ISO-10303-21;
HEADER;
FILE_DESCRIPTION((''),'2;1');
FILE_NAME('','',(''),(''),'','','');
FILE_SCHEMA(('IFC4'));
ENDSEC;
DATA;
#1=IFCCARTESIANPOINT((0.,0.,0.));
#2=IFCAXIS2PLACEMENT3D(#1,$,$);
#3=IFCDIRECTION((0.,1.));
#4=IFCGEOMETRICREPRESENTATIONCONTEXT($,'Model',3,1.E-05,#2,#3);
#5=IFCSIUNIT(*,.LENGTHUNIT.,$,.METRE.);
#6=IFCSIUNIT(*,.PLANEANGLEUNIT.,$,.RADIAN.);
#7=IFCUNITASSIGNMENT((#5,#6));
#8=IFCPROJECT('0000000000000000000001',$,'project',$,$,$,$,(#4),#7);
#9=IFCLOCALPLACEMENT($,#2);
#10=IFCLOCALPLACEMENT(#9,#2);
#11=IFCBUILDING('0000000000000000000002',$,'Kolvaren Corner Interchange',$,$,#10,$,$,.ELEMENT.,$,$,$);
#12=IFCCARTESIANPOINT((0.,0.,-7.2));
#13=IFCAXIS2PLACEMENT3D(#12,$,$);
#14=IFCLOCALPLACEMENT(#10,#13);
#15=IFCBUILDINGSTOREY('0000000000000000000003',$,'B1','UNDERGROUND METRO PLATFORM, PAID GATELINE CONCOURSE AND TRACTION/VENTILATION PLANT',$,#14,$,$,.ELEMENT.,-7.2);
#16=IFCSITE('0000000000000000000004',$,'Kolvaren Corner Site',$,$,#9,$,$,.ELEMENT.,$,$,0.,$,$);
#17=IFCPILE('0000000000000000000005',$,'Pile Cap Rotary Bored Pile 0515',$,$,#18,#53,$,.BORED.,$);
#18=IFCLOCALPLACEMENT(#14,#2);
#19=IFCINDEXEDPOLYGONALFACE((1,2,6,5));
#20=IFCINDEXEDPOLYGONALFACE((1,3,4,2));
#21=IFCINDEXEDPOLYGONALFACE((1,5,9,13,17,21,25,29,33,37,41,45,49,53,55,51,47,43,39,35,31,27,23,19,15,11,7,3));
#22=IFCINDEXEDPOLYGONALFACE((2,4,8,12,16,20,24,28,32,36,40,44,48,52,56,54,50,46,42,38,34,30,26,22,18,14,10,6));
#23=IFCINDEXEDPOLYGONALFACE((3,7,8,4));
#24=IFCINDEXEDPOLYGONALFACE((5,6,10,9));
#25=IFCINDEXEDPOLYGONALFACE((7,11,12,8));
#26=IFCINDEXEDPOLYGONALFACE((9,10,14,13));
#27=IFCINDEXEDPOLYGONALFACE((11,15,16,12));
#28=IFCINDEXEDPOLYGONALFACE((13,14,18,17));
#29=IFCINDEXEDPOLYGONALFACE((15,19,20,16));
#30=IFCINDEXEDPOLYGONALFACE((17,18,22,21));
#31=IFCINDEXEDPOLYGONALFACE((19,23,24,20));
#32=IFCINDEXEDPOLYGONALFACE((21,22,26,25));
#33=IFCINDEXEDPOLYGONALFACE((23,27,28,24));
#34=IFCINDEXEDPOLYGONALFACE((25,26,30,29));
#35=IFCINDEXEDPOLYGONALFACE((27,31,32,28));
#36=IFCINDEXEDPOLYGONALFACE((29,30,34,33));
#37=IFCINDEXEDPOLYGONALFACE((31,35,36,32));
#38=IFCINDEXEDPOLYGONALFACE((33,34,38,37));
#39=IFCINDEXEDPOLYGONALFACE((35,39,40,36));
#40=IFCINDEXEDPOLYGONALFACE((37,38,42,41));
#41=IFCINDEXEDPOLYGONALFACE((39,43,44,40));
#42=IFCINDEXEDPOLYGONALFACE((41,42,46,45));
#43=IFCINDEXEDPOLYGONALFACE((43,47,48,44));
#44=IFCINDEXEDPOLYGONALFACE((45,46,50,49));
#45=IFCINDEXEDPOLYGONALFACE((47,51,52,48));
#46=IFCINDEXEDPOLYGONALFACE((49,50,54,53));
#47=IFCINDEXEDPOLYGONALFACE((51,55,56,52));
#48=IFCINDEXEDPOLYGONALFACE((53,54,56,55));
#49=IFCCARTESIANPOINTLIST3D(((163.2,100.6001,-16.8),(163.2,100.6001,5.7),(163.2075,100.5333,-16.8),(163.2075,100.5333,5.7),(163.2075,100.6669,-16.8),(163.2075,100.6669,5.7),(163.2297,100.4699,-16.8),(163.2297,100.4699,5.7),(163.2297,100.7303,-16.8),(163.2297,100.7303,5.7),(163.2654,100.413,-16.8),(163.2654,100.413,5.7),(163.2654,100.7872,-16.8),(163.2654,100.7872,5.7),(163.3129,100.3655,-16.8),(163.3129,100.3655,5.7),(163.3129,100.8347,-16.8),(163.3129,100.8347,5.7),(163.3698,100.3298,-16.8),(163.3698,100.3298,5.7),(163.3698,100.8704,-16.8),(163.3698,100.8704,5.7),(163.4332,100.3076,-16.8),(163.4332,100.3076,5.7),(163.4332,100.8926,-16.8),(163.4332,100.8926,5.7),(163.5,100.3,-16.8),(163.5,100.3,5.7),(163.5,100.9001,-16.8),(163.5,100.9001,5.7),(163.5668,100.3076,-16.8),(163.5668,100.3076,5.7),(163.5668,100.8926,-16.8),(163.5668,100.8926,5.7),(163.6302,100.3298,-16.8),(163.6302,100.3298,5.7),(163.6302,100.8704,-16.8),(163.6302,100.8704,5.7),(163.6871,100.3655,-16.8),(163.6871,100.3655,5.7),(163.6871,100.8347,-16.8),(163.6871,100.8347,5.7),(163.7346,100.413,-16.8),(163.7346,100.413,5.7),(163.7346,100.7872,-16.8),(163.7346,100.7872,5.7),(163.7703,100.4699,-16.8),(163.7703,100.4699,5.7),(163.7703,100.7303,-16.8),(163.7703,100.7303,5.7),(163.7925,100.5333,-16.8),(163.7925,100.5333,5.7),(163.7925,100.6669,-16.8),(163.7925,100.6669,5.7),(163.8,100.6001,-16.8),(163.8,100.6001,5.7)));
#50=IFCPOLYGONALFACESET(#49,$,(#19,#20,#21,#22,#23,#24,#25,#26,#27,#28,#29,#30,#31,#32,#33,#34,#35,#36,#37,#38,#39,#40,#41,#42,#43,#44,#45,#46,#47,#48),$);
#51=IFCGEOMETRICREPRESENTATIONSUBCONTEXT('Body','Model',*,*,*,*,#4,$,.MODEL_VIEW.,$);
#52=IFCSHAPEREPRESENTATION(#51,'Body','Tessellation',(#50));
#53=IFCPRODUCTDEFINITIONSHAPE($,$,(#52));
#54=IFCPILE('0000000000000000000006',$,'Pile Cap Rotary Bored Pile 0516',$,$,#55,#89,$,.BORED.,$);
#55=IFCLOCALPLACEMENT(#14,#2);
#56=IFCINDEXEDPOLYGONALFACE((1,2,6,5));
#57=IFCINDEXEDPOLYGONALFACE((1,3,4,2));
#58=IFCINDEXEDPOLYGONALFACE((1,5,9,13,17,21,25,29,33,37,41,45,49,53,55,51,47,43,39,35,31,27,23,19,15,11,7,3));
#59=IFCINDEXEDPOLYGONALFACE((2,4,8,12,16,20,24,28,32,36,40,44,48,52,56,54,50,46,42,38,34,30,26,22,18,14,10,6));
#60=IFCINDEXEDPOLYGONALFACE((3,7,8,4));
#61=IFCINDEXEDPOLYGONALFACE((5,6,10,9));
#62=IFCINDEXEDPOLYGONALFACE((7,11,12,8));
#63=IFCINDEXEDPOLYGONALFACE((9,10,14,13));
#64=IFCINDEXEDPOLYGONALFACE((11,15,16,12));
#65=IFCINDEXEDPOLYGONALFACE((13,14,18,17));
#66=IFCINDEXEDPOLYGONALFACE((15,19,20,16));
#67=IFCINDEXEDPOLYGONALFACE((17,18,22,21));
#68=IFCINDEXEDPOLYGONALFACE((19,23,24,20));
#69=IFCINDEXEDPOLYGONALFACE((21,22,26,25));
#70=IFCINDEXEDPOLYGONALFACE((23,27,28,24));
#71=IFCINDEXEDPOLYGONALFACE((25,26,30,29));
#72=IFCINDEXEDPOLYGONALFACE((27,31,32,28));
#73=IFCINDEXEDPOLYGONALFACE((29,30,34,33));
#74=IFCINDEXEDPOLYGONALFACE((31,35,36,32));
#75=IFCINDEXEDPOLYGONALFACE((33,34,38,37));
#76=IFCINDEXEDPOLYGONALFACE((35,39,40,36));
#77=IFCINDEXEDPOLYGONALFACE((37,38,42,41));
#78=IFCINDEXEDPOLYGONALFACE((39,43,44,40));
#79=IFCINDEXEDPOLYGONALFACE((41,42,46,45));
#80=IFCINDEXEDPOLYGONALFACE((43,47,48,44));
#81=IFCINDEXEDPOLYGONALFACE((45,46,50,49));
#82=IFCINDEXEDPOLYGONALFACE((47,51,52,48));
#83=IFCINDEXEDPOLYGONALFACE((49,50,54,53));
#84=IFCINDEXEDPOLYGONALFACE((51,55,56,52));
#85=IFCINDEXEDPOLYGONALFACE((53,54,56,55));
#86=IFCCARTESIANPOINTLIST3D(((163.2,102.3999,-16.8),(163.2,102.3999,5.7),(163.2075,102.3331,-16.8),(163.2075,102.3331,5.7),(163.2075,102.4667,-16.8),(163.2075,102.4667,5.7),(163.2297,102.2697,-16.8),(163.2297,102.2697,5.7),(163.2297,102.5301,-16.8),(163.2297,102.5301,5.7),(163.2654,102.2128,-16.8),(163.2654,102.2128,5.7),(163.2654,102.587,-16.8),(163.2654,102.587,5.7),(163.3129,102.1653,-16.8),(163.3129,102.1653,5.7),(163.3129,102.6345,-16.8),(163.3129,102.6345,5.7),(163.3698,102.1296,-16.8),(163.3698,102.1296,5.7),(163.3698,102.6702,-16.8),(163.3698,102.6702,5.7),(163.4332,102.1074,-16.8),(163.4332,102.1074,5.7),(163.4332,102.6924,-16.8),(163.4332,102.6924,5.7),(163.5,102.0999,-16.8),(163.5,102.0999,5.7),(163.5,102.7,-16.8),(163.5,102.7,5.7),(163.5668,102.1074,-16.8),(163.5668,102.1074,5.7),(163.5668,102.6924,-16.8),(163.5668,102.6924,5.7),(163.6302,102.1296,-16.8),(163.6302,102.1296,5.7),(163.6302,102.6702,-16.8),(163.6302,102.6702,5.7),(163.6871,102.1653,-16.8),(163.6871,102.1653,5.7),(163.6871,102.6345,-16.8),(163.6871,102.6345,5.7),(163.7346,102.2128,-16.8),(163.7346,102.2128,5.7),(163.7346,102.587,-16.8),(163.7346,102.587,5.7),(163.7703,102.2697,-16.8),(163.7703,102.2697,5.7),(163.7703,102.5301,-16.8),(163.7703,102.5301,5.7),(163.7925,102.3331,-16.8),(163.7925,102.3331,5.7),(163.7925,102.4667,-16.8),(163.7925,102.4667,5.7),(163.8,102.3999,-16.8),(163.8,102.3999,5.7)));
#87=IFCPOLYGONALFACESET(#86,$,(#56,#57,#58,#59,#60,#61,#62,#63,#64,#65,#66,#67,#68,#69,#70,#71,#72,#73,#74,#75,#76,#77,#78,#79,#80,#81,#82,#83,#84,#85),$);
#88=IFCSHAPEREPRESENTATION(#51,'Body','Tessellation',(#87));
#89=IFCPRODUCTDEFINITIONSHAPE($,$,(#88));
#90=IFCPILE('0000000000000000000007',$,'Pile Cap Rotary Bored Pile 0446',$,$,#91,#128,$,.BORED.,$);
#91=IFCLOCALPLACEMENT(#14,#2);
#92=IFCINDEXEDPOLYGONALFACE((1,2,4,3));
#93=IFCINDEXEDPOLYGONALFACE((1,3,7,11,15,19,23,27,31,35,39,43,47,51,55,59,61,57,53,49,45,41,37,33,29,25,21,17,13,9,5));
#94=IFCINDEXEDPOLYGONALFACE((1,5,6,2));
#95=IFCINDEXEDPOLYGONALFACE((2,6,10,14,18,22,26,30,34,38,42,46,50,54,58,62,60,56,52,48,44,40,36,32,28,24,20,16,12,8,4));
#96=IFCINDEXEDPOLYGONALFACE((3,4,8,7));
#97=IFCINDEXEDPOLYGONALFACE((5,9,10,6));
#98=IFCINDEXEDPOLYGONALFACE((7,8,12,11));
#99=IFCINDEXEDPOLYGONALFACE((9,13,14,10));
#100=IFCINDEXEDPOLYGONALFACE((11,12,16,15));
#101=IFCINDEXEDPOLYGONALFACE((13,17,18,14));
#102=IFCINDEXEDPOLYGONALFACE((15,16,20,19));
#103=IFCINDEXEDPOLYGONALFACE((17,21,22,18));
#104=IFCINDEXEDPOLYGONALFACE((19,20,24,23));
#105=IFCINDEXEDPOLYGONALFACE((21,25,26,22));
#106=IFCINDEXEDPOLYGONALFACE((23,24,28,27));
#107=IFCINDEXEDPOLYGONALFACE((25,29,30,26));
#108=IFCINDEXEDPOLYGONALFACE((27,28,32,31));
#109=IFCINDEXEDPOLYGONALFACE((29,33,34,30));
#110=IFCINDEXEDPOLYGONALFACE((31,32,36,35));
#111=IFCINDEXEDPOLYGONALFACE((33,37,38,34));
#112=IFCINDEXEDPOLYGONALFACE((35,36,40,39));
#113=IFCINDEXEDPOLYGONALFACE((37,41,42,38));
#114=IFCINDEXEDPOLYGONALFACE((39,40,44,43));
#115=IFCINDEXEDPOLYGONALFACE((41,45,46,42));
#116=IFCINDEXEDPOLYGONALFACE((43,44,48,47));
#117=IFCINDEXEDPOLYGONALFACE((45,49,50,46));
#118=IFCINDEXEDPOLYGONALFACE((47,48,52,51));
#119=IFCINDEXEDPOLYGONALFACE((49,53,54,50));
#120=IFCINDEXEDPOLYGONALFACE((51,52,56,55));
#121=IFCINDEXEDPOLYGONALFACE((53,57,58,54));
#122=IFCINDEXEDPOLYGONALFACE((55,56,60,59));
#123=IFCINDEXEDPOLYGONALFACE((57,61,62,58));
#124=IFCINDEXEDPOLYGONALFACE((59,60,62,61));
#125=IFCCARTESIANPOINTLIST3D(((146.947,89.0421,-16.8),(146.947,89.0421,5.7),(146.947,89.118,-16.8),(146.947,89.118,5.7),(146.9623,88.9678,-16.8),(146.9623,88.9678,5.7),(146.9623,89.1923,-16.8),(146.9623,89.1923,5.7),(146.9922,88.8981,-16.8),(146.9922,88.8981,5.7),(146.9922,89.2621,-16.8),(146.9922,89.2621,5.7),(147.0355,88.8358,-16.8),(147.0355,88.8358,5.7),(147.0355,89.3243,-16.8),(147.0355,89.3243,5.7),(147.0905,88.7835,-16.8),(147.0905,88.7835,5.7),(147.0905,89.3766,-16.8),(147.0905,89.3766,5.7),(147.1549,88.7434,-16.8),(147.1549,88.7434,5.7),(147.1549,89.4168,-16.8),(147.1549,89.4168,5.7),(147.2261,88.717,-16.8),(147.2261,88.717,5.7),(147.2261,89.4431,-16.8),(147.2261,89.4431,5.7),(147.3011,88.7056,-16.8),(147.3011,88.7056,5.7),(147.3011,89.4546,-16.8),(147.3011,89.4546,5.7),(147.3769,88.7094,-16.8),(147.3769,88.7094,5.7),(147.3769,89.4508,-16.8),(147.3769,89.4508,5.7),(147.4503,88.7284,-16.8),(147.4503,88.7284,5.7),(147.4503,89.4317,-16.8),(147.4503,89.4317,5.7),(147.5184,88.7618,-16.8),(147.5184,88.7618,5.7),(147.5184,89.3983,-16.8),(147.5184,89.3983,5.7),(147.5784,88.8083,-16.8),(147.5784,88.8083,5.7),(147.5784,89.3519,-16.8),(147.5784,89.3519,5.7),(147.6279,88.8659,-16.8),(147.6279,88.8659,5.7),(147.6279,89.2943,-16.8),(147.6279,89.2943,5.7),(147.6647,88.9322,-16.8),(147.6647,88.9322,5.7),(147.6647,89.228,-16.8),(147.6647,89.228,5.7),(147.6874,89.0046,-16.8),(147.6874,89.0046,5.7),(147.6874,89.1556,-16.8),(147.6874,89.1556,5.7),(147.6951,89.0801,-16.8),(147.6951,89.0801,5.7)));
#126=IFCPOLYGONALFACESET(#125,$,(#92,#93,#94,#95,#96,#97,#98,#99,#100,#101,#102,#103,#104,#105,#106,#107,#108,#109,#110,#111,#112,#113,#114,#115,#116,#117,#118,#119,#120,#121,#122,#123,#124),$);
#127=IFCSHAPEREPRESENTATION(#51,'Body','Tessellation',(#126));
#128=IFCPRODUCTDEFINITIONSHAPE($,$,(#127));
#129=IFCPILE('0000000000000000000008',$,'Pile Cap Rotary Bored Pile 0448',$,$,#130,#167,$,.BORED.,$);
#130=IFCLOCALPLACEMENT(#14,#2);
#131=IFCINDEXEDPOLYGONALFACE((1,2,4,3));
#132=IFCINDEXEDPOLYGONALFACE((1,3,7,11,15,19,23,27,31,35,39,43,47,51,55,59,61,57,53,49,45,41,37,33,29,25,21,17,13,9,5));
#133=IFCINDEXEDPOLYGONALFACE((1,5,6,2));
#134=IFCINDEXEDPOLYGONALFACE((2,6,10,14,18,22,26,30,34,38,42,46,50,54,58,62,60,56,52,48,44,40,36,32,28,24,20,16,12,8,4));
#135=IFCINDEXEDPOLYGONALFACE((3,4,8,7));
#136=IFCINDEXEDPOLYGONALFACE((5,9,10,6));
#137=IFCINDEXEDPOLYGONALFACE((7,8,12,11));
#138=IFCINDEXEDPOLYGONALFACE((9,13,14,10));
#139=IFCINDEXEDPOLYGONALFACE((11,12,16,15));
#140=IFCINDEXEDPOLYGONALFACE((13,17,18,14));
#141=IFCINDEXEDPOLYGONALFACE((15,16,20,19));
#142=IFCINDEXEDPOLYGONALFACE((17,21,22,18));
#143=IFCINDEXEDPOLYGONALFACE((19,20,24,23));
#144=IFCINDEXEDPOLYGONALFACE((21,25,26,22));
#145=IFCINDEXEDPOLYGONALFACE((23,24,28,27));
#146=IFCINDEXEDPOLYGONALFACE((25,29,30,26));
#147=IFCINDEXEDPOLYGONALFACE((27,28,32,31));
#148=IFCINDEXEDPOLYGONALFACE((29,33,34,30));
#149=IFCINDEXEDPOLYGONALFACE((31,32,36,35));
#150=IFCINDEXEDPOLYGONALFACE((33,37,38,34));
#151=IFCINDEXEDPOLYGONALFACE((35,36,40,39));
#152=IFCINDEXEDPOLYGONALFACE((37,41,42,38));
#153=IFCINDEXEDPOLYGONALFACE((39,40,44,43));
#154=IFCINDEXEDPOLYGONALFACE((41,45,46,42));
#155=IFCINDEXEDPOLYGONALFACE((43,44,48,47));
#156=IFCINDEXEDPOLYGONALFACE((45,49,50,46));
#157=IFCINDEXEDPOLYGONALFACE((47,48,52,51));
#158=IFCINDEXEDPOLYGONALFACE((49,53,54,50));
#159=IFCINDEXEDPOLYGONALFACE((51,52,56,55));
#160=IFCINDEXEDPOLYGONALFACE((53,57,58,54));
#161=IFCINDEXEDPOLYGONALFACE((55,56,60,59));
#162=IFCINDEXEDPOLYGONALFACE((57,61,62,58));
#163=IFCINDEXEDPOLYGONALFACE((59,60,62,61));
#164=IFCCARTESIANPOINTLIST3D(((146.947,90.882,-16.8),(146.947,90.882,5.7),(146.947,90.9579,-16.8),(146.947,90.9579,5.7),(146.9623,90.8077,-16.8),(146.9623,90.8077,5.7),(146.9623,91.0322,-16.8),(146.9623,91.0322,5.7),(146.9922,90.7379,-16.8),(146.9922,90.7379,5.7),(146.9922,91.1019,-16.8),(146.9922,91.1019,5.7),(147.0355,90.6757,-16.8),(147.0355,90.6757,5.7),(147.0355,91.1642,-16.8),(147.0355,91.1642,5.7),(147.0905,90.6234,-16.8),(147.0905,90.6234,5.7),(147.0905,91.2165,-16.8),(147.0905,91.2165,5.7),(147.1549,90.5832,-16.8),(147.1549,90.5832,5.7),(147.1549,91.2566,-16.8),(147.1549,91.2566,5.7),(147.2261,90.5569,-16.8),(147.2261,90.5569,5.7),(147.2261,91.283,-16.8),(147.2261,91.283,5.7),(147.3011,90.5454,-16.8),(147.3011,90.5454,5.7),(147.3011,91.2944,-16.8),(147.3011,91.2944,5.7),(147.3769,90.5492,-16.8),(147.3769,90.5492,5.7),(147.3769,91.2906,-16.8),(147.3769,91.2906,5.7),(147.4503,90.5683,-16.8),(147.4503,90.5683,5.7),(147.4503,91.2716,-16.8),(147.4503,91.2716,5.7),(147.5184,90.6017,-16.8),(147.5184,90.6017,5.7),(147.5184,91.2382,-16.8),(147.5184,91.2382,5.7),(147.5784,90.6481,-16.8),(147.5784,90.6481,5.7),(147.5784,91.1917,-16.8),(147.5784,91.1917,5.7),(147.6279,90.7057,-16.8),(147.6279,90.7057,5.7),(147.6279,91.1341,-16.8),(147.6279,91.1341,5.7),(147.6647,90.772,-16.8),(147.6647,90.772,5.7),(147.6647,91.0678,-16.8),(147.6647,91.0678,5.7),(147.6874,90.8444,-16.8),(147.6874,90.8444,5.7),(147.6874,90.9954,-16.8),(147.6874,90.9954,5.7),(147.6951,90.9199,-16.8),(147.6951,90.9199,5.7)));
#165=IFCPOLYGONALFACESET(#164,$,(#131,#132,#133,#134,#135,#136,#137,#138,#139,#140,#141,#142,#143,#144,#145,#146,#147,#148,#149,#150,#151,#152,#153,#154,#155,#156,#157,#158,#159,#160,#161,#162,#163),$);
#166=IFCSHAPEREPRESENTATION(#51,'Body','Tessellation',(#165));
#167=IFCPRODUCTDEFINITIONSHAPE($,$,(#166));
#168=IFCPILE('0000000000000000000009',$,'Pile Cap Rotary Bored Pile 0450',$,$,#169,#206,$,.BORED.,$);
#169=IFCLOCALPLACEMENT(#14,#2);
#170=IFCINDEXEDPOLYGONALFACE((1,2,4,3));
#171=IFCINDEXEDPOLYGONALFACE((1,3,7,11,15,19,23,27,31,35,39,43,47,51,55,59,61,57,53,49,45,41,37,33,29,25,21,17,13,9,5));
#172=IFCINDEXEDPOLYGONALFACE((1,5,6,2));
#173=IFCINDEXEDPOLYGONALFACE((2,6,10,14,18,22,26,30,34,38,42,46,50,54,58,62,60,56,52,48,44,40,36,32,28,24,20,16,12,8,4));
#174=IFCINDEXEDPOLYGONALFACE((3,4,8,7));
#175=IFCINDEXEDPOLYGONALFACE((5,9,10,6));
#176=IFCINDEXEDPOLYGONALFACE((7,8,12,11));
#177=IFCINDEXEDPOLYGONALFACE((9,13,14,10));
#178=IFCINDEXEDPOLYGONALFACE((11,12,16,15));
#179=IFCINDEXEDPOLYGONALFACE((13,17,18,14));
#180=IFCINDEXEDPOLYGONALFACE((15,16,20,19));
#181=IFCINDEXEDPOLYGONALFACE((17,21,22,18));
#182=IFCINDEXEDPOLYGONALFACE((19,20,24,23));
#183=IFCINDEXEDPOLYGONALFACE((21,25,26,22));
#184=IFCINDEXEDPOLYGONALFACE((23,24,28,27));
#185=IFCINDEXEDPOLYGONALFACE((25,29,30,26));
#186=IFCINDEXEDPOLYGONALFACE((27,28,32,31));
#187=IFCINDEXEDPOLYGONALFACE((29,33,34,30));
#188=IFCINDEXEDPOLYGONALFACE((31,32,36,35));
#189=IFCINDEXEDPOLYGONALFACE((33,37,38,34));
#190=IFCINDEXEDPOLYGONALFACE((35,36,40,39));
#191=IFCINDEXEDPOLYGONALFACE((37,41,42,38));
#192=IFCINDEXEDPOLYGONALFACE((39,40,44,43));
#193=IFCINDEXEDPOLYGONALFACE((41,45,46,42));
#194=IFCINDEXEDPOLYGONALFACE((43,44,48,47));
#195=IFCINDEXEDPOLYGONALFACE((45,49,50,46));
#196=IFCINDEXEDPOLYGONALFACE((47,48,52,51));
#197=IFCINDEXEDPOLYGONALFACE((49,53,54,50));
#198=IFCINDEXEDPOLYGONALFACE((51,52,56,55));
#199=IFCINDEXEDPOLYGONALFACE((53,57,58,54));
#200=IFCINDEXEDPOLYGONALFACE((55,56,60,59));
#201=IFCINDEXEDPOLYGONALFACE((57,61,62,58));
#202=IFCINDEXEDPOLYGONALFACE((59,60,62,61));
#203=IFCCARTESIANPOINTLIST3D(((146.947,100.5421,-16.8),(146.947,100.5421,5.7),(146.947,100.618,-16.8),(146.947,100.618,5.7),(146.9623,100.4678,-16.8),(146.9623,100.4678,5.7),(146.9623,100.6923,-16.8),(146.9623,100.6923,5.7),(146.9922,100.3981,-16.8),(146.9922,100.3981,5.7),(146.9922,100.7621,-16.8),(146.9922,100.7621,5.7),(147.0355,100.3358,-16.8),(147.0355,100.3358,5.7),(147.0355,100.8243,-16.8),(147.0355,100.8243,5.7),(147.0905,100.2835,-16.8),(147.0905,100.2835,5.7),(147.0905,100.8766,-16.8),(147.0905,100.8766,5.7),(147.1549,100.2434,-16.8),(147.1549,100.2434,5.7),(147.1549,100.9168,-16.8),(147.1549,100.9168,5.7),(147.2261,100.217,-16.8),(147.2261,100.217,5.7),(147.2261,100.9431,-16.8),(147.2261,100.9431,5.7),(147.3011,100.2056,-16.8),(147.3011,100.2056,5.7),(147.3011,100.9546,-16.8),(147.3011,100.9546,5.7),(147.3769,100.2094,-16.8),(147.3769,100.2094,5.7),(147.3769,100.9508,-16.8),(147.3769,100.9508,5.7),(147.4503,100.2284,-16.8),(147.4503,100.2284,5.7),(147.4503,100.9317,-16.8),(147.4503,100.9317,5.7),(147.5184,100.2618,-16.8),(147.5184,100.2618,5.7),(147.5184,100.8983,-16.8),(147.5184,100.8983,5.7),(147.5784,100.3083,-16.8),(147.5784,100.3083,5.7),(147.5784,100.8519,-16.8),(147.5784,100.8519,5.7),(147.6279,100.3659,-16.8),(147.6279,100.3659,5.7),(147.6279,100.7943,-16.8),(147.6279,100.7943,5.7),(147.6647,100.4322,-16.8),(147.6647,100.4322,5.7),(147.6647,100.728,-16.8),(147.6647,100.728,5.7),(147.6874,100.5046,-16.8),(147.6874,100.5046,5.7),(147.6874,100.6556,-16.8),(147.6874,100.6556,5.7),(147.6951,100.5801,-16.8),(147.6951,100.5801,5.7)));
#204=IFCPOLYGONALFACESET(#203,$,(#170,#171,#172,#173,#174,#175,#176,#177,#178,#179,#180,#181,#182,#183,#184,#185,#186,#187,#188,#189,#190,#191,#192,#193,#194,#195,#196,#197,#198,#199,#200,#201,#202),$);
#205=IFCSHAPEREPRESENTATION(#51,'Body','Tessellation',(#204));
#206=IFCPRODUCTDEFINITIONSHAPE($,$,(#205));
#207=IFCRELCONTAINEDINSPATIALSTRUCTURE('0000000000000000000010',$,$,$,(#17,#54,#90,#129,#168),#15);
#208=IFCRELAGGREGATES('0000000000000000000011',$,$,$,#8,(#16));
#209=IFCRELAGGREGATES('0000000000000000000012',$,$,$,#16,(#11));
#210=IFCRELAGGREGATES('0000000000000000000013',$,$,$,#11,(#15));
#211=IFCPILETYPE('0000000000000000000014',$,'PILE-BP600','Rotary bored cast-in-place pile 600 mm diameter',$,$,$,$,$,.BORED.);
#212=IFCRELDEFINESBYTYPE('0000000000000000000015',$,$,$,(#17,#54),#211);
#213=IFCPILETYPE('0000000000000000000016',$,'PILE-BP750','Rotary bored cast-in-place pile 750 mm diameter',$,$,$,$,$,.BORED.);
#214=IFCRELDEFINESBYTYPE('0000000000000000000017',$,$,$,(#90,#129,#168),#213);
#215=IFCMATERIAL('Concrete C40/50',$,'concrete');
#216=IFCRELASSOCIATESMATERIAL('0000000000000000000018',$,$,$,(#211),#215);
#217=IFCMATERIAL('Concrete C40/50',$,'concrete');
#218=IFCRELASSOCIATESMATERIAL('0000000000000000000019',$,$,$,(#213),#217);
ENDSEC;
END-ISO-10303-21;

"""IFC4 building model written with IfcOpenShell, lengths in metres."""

from ifc_helpers import new_model, si_unit, direction, frame, origin, origin_2d, place, context, subcontext, project, spatial, circle, extrude, material, material_profile, profile_set, type_object, element, save


model = new_model("IFC4")

# Units and contexts
model_context = context("Model", 3, precision=1e-05, world=origin(), true_north=direction((0.0, 1.0)))
body_context = subcontext(model_context, "Body", "Model", "MODEL_VIEW")
ifc_project = project(units=[si_unit("LENGTHUNIT", "METRE"), si_unit("PLANEANGLEUNIT", "RADIAN")], contexts=[model_context])

# Site, building, storey
site_placement = place(None, origin())
site = spatial("IfcSite", under=ifc_project, at=site_placement, Name="Kolvaren Corner Site", CompositionType="ELEMENT", RefElevation=0.0)
building_placement = place(site_placement, origin())
building = spatial("IfcBuilding", under=site, at=building_placement, Name="Kolvaren Corner Interchange", CompositionType="ELEMENT")
storey_placement = place(building_placement, frame((0.0, 0.0, -7.2)))
storey = spatial("IfcBuildingStorey", under=building, at=storey_placement, Name="B1", Description="UNDERGROUND METRO PLATFORM, PAID GATELINE CONCOURSE AND TRACTION/VENTILATION PLANT", CompositionType="ELEMENT", Elevation=-7.2)

# Piles
ifc_material_1 = material(Name="Concrete C40/50", Category="concrete")
ifc_material_profile_1 = material_profile(ifc_material_1, circle(Radius=0.3, at=origin_2d()), Name="BORED PILE 600")
ifc_profile_set_1 = profile_set([ifc_material_profile_1], Name="Concrete C40/50")
pile_type_1 = type_object("IfcPileType", Name="PILE-BP600", Description="Rotary bored cast-in-place pile 600 mm diameter", PredefinedType="BORED", material=ifc_profile_set_1)
for number, where, z_axis, x_axis, name in (
    (1, (163.5, 100.6001, 5.7), (0.0, 0.0, -1.0), (1.0, 0.0, 0.0), "Pile Cap Rotary Bored Pile 0515"),
    (2, (163.5, 102.3999, 5.7), (0.0, 0.0, -1.0), (1.0, 0.0, 0.0), "Pile Cap Rotary Bored Pile 0516"),
):
    element("IfcPile", number, at=place(storey_placement, frame(where, z_axis=z_axis, x_axis=x_axis)), inside=storey, type_object=pile_type_1, Name=name, PredefinedType="BORED", context=body_context, shape_type="SweptSolid", body=[
        extrude(circle(Radius=0.3, at=origin_2d()), origin(), (0.0, 0.0, 1.0), 22.5),
    ])
ifc_material_2 = material(Name="Concrete C40/50", Category="concrete")
ifc_material_profile_2 = material_profile(ifc_material_2, circle(Radius=0.375, at=origin_2d()), Name="BORED PILE 750")
ifc_profile_set_2 = profile_set([ifc_material_profile_2], Name="Concrete C40/50")
pile_type_2 = type_object("IfcPileType", Name="PILE-BP750", Description="Rotary bored cast-in-place pile 750 mm diameter", PredefinedType="BORED", material=ifc_profile_set_2)
for number, where, z_axis, x_axis, name in (
    (3, (147.3201, 89.0801, 5.7), (0.0, 0.0, -1.0), (1.0, 0.0, 0.0), "Pile Cap Rotary Bored Pile 0446"),
    (4, (147.3201, 90.9199, 5.7), (0.0, 0.0, -1.0), (1.0, 0.0, 0.0), "Pile Cap Rotary Bored Pile 0448"),
    (5, (147.3201, 100.5801, 5.7), (0.0, 0.0, -1.0), (1.0, 0.0, 0.0), "Pile Cap Rotary Bored Pile 0450"),
):
    element("IfcPile", number, at=place(storey_placement, frame(where, z_axis=z_axis, x_axis=x_axis)), inside=storey, type_object=pile_type_2, Name=name, PredefinedType="BORED", context=body_context, shape_type="SweptSolid", body=[
        extrude(circle(Radius=0.375, at=origin_2d()), origin(), (0.0, 0.0, 1.0), 22.5),
    ])

save(model, "model.ifc")
